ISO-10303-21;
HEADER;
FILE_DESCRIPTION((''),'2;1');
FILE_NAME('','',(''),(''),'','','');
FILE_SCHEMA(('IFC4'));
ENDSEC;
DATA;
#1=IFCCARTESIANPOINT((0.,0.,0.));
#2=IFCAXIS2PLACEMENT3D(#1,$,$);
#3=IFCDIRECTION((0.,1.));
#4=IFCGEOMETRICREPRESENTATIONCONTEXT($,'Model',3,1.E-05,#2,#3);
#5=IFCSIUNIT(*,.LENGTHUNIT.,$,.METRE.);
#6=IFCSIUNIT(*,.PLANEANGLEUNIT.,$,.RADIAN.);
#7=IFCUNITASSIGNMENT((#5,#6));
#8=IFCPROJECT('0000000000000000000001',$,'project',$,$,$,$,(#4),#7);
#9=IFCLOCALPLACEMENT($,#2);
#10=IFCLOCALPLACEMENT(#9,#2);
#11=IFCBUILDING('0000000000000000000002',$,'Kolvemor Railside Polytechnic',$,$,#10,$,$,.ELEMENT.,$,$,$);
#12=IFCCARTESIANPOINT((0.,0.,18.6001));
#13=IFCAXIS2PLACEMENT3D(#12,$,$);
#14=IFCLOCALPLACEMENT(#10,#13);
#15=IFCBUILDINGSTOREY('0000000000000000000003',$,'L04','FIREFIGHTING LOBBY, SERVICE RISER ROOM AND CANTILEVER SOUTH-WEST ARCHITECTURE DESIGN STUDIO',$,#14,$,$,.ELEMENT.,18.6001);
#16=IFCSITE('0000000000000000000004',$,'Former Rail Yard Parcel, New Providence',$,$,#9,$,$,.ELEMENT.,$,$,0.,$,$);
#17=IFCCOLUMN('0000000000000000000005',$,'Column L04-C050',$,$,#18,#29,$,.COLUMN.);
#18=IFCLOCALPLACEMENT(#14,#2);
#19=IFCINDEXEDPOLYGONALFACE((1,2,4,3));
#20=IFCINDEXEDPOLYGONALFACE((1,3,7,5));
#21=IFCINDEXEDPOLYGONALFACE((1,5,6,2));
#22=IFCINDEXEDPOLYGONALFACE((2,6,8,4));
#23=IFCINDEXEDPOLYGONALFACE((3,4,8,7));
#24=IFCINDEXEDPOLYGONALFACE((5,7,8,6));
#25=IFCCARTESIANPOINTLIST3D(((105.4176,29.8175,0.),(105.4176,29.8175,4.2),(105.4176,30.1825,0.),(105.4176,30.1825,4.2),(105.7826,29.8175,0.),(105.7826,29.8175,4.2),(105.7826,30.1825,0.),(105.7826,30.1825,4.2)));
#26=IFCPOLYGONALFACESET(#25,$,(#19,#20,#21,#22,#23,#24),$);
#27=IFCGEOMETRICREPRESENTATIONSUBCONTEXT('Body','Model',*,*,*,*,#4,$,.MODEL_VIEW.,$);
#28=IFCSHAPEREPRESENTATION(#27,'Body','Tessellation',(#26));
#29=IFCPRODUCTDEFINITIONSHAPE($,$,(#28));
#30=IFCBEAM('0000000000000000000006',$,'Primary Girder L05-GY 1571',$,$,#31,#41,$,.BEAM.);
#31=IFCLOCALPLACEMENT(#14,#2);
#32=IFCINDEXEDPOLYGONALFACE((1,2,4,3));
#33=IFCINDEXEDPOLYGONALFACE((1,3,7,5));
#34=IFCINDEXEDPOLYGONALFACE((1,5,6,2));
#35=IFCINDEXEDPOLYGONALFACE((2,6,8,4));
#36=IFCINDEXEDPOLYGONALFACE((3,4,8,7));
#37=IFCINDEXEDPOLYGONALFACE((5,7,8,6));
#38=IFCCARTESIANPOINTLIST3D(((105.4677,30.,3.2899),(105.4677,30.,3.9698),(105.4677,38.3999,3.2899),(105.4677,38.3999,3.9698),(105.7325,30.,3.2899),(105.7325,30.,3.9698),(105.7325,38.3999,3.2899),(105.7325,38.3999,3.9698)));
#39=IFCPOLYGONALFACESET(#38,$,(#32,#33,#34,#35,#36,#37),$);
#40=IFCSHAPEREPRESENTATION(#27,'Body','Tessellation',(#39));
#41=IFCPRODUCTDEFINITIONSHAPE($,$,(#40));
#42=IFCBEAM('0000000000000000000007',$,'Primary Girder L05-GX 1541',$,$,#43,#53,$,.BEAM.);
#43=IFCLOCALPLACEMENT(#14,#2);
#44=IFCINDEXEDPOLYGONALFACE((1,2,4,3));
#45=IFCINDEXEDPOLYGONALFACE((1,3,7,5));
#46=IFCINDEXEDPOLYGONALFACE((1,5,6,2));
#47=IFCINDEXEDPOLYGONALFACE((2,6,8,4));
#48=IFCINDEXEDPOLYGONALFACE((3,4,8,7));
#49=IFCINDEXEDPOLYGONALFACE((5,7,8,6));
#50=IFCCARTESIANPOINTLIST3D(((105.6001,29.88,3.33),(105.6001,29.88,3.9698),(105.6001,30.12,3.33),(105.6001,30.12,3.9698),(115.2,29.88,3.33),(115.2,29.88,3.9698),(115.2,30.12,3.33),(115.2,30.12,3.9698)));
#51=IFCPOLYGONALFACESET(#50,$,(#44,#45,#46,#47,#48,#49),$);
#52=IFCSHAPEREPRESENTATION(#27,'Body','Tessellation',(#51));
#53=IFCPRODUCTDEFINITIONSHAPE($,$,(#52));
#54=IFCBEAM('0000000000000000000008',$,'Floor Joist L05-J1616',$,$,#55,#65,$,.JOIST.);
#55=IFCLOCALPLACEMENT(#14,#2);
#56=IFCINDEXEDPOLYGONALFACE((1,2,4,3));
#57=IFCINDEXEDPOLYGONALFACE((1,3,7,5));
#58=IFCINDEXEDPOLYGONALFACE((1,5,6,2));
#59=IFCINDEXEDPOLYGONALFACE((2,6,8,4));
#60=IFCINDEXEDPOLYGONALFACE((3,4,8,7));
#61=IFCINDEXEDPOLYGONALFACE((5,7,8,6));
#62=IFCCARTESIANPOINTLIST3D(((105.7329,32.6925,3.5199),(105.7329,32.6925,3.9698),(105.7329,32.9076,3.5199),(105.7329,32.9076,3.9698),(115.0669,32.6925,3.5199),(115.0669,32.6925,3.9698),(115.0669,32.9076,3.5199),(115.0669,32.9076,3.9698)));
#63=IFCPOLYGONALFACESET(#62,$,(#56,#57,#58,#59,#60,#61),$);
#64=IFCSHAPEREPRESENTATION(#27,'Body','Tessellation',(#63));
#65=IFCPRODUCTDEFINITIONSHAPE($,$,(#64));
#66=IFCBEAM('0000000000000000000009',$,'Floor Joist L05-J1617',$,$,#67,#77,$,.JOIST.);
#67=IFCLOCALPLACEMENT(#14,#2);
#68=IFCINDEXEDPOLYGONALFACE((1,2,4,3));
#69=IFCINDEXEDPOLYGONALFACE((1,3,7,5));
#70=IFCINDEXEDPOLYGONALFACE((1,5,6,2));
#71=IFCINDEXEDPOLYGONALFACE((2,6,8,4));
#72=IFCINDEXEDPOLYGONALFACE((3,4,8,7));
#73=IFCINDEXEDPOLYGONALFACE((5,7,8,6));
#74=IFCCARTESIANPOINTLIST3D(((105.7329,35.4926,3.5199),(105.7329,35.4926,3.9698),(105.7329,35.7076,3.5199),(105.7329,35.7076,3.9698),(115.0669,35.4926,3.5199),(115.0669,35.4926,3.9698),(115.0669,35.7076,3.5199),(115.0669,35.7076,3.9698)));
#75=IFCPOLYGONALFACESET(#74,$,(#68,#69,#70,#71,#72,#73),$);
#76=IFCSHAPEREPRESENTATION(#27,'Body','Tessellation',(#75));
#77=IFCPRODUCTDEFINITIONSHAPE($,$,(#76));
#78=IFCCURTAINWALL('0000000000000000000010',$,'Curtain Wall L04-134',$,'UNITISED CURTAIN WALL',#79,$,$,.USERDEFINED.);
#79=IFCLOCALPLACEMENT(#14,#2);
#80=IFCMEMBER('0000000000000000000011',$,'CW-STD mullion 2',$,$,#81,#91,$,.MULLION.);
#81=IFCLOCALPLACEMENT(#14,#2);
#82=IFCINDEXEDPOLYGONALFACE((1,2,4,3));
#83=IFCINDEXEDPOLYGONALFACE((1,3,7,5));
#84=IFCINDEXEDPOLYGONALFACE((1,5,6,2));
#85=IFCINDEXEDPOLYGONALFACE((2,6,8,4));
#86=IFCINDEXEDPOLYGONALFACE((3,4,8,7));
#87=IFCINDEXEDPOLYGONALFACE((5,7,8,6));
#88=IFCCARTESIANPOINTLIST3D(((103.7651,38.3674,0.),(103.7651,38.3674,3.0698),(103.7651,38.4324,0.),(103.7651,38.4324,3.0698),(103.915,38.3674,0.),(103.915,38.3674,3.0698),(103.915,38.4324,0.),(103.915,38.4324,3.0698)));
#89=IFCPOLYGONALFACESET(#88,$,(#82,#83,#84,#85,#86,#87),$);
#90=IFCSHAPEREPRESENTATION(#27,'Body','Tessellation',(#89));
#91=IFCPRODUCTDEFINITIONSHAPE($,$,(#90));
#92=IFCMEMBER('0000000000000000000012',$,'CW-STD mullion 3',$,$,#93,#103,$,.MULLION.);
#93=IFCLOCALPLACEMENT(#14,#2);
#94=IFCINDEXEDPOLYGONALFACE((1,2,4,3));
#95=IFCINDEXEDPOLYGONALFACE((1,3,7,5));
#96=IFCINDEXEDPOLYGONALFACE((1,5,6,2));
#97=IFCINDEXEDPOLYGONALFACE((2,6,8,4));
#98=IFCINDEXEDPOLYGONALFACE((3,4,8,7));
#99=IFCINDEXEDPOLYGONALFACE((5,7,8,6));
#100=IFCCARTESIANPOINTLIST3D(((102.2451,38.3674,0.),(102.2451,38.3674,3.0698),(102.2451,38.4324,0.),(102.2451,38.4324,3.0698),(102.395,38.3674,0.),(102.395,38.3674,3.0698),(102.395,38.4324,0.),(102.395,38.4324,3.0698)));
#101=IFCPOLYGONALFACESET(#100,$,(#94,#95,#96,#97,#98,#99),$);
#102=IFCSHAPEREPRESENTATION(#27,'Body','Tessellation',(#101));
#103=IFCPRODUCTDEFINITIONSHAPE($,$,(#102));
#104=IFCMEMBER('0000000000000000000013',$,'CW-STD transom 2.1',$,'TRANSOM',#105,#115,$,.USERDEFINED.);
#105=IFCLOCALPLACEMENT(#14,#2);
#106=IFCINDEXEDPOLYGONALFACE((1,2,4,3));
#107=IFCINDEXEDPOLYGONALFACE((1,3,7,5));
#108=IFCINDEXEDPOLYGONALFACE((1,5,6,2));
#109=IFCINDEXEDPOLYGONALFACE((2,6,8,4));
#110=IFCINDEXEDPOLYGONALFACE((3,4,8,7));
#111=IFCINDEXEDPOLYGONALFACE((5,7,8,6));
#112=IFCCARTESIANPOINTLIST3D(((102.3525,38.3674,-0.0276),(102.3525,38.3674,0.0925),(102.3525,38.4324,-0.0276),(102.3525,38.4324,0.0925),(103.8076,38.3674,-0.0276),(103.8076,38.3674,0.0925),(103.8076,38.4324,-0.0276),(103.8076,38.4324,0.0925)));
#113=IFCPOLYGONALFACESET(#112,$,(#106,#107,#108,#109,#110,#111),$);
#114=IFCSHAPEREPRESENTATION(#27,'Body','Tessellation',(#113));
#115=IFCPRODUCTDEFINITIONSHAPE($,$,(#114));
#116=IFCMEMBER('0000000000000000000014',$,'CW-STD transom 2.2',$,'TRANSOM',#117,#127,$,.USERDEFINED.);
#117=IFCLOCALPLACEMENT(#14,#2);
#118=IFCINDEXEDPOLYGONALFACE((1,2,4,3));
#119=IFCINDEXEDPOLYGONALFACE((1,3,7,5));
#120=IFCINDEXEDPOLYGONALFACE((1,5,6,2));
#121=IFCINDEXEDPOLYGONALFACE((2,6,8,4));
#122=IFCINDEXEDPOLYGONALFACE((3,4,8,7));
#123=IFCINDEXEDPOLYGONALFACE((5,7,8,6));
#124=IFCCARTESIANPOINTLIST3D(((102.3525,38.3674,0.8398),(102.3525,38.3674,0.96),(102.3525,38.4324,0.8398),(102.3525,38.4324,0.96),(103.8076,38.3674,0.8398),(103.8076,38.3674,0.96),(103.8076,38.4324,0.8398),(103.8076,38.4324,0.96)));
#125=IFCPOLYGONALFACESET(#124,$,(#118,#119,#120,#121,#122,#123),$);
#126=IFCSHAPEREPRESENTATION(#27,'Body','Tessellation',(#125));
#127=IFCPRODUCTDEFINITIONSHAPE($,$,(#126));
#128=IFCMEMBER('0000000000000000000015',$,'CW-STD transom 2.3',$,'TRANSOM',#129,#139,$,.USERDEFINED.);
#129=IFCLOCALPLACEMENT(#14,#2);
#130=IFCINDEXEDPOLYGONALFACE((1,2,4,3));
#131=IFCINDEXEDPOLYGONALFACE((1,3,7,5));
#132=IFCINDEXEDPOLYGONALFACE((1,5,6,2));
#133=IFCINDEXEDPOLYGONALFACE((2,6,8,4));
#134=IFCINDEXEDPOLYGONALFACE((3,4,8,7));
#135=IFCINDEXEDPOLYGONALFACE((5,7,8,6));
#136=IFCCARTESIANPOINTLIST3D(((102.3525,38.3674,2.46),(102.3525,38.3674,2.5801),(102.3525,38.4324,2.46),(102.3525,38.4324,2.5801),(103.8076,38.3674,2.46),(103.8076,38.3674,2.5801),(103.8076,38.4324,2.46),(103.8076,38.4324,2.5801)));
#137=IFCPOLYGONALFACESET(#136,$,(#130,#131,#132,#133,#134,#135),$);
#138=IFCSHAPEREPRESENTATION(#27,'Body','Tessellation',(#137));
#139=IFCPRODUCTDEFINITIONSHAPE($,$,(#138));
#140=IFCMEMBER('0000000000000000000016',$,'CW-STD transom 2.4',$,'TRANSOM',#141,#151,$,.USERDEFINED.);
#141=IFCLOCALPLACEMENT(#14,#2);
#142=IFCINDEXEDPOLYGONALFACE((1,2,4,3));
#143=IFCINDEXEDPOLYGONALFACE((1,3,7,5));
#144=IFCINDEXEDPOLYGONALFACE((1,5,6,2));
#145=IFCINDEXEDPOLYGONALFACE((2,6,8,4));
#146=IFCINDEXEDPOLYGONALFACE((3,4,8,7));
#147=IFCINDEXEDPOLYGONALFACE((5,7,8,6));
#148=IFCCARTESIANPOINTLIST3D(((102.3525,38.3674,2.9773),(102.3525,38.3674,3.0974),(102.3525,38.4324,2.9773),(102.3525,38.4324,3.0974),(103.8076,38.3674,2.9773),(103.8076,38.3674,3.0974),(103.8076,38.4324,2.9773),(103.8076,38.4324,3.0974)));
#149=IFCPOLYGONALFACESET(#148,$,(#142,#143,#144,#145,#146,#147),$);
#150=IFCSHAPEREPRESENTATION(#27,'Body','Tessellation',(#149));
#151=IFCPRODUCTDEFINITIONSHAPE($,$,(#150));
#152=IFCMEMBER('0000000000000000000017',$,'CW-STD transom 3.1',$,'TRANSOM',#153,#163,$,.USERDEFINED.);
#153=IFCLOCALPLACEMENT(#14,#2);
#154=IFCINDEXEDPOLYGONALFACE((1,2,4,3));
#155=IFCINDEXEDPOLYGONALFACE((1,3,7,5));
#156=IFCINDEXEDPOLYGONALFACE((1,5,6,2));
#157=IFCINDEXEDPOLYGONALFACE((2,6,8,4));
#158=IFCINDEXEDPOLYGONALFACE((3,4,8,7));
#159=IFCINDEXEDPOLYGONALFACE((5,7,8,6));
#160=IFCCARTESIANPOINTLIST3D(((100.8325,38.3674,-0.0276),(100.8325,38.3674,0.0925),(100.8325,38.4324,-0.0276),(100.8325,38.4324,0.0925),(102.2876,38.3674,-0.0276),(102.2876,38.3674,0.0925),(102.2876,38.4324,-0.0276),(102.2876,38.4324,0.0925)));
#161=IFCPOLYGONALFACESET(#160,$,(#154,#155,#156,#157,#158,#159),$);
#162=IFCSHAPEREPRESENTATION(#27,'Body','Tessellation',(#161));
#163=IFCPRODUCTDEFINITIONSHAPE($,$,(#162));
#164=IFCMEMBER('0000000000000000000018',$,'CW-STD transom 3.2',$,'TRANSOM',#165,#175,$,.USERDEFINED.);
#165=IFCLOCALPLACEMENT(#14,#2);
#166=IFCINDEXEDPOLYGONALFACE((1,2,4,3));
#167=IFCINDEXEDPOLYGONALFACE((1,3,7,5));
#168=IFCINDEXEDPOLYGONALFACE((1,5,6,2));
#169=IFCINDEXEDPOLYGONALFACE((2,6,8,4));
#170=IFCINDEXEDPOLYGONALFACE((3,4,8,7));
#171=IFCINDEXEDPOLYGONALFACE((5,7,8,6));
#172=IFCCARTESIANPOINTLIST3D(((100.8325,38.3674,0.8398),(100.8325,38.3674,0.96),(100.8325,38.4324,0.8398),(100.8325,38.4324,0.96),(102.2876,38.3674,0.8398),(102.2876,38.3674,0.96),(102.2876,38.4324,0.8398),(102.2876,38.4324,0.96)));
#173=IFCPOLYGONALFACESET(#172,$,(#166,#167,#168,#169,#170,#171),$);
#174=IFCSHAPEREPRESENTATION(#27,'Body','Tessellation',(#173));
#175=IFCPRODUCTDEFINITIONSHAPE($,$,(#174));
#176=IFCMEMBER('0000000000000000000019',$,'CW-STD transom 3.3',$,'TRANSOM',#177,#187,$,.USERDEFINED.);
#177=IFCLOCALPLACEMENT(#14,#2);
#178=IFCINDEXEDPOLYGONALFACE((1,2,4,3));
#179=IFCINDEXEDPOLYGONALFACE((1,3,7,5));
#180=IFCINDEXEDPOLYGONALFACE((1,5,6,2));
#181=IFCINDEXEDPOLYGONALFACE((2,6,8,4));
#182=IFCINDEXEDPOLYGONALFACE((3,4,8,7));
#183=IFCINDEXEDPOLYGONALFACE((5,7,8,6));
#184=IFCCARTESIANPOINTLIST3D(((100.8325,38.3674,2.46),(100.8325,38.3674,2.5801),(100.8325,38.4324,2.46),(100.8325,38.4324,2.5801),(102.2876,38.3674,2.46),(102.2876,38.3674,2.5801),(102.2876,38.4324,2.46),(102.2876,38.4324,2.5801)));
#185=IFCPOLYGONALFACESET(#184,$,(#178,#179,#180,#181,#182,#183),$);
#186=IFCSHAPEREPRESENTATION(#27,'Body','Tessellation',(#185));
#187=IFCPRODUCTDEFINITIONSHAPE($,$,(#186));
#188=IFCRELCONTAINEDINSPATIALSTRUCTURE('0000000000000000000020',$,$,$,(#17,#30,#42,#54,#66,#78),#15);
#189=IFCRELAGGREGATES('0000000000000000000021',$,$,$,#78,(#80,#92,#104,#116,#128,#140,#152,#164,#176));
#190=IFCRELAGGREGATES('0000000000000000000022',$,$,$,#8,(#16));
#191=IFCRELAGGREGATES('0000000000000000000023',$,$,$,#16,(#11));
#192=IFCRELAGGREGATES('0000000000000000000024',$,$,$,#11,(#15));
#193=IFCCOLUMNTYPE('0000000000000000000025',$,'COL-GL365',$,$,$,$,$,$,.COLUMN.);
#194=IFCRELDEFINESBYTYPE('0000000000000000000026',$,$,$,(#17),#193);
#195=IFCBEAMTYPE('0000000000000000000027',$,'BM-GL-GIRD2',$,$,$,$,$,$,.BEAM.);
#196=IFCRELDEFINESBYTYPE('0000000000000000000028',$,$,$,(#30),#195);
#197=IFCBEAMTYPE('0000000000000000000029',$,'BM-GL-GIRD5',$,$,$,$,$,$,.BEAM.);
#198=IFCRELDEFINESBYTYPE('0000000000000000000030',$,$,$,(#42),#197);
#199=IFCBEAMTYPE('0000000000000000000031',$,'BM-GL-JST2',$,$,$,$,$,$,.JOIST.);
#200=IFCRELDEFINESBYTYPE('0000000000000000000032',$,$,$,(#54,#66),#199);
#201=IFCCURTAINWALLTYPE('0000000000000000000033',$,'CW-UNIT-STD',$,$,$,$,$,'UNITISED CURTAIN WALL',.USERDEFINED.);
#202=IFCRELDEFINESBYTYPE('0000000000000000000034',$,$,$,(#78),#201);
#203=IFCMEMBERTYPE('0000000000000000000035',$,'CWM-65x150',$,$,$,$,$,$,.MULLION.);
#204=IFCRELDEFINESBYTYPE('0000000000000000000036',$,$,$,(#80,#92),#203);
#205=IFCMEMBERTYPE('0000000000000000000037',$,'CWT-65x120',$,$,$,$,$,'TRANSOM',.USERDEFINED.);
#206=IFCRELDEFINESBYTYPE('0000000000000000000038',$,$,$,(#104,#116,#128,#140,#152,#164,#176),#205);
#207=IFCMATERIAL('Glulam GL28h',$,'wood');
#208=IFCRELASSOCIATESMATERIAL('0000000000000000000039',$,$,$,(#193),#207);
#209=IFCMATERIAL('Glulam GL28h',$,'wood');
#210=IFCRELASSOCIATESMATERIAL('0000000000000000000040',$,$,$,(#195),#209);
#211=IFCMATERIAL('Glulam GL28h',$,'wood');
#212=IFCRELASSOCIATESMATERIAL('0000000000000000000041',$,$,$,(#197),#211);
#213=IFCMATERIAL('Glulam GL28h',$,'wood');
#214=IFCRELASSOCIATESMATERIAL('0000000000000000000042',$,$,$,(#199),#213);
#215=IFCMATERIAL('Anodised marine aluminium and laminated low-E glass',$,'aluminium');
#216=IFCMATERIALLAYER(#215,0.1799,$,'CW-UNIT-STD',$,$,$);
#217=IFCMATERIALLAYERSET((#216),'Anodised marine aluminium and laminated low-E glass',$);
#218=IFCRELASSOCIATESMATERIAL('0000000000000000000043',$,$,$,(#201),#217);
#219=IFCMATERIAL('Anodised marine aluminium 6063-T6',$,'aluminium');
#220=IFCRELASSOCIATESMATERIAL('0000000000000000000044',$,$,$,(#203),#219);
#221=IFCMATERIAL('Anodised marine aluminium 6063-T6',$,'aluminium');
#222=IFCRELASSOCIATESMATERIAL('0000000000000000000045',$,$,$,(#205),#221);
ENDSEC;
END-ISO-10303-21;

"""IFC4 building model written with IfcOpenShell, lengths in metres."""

from ifc_helpers import new_model, si_unit, direction, frame, origin, origin_2d, place, context, subcontext, project, spatial, rectangle, extrude, material, layer, layer_set, material_profile, profile_set, type_object, element, aggregate, save


model = new_model("IFC4")

# Units and contexts
model_context = context("Model", 3, precision=1e-05, world=origin(), true_north=direction((0.0, 1.0)))
body_context = subcontext(model_context, "Body", "Model", "MODEL_VIEW")
ifc_project = project(units=[si_unit("LENGTHUNIT", "METRE"), si_unit("PLANEANGLEUNIT", "RADIAN")], contexts=[model_context])

# Site, building, storey
site_placement = place(None, origin())
site = spatial("IfcSite", under=ifc_project, at=site_placement, Name="Former Rail Yard Parcel, New Providence", CompositionType="ELEMENT", RefElevation=0.0)
building_placement = place(site_placement, origin())
building = spatial("IfcBuilding", under=site, at=building_placement, Name="Kolvemor Railside Polytechnic", CompositionType="ELEMENT")
storey_placement = place(building_placement, frame((0.0, 0.0, 18.6001)))
storey = spatial("IfcBuildingStorey", under=building, at=storey_placement, Name="L04", Description="FIREFIGHTING LOBBY, SERVICE RISER ROOM AND CANTILEVER SOUTH-WEST ARCHITECTURE DESIGN STUDIO", CompositionType="ELEMENT", Elevation=18.6001)

# Column
ifc_material_1 = material(Name="Glulam GL28h", Category="wood")
ifc_material_profile_1 = material_profile(ifc_material_1, rectangle(XDim=0.365, YDim=0.365, at=origin_2d()), Name="GL365x365")
ifc_profile_set_1 = profile_set([ifc_material_profile_1], Name="Glulam GL28h")
column_type = type_object("IfcColumnType", Name="COL-GL365", PredefinedType="COLUMN", material=ifc_profile_set_1)
column_placement = place(storey_placement, frame((105.6001, 30.0, 0.0), z_axis=(0.0, 0.0, 1.0), x_axis=(1.0, 0.0, 0.0)))
element("IfcColumn", 1, at=column_placement, inside=storey, type_object=column_type, Name="Column L04-C050", PredefinedType="COLUMN", context=body_context, shape_type="SweptSolid", body=[
    extrude(rectangle(XDim=0.365, YDim=0.365, at=origin_2d()), origin(), (0.0, 0.0, 1.0), 4.2),
])

# Beams
ifc_material_2 = material(Name="Glulam GL28h", Category="wood")
ifc_material_profile_2 = material_profile(ifc_material_2, rectangle(XDim=0.2649, YDim=0.6799, at=origin_2d()), Name="GL265x680")
ifc_profile_set_2 = profile_set([ifc_material_profile_2], Name="Glulam GL28h")
beam_type_1 = type_object("IfcBeamType", Name="BM-GL-GIRD2", PredefinedType="BEAM", material=ifc_profile_set_2)
beam_1_placement = place(storey_placement, frame((105.6001, 30.0, 3.6299), z_axis=(0.0, 1.0, 0.0), x_axis=(-1.0, 0.0, 0.0)))
element("IfcBeam", 2, at=beam_1_placement, inside=storey, type_object=beam_type_1, Name="Primary Girder L05-GY 1571", PredefinedType="BEAM", context=body_context, shape_type="SweptSolid", body=[
    extrude(rectangle(XDim=0.2649, YDim=0.6799, at=origin_2d()), origin(), (0.0, 0.0, 1.0), 8.3999),
])
ifc_material_3 = material(Name="Glulam GL28h", Category="wood")
ifc_material_profile_3 = material_profile(ifc_material_3, rectangle(XDim=0.24, YDim=0.6399, at=origin_2d()), Name="GL240x640")
ifc_profile_set_3 = profile_set([ifc_material_profile_3], Name="Glulam GL28h")
beam_type_2 = type_object("IfcBeamType", Name="BM-GL-GIRD5", PredefinedType="BEAM", material=ifc_profile_set_3)
beam_2_placement = place(storey_placement, frame((105.6001, 30.0, 3.6499), z_axis=(1.0, 0.0, 0.0), x_axis=(0.0, 1.0, 0.0)))
element("IfcBeam", 3, at=beam_2_placement, inside=storey, type_object=beam_type_2, Name="Primary Girder L05-GX 1541", PredefinedType="BEAM", context=body_context, shape_type="SweptSolid", body=[
    extrude(rectangle(XDim=0.24, YDim=0.6399, at=origin_2d()), origin(), (0.0, 0.0, 1.0), 9.5999),
])
ifc_material_4 = material(Name="Glulam GL28h", Category="wood")
ifc_material_profile_4 = material_profile(ifc_material_4, rectangle(XDim=0.2151, YDim=0.45, at=origin_2d()), Name="GL215x450")
ifc_profile_set_4 = profile_set([ifc_material_profile_4], Name="Glulam GL28h")
beam_type_3 = type_object("IfcBeamType", Name="BM-GL-JST2", PredefinedType="JOIST", material=ifc_profile_set_4)
for number, where, z_axis, x_axis, name in (
    (4, (105.7329, 32.8, 3.7449), (1.0, 0.0, 0.0), (0.0, 1.0, 0.0), "Floor Joist L05-J1616"),
    (5, (105.7329, 35.6001, 3.7449), (1.0, 0.0, 0.0), (0.0, 1.0, 0.0), "Floor Joist L05-J1617"),
):
    element("IfcBeam", number, at=place(storey_placement, frame(where, z_axis=z_axis, x_axis=x_axis)), inside=storey, type_object=beam_type_3, Name=name, PredefinedType="JOIST", context=body_context, shape_type="SweptSolid", body=[
        extrude(rectangle(XDim=0.2151, YDim=0.45, at=origin_2d()), origin(), (0.0, 0.0, 1.0), 9.334),
    ])

# Curtain wall, members
ifc_material_5 = material(Name="Anodised marine aluminium and laminated low-E glass", Category="aluminium")
ifc_layer_1 = layer(ifc_material_5, 0.1799, Name="CW-UNIT-STD")
ifc_layer_set_1 = layer_set([ifc_layer_1], Name="Anodised marine aluminium and laminated low-E glass")
curtain_wall_type = type_object("IfcCurtainWallType", Name="CW-UNIT-STD", ElementType="UNITISED CURTAIN WALL", PredefinedType="USERDEFINED", material=ifc_layer_set_1)
curtain_wall_placement = place(storey_placement, origin())
curtain_wall = element("IfcCurtainWall", 6, at=curtain_wall_placement, inside=storey, type_object=curtain_wall_type, Name="Curtain Wall L04-134", ObjectType="UNITISED CURTAIN WALL", PredefinedType="USERDEFINED")
ifc_material_6 = material(Name="Anodised marine aluminium 6063-T6", Category="aluminium")
ifc_material_profile_5 = material_profile(ifc_material_6, rectangle(XDim=0.0649, YDim=0.1499, at=origin_2d()), Name="CW-MUL-65x150")
ifc_profile_set_5 = profile_set([ifc_material_profile_5], Name="Anodised marine aluminium 6063-T6")
member_type_1 = type_object("IfcMemberType", Name="CWM-65x150", PredefinedType="MULLION", material=ifc_profile_set_5)
member_1_placement = place(storey_placement, frame((103.8401, 38.3999, 0.0), z_axis=(0.0, 0.0, 1.0), x_axis=(0.0, -1.0, 0.0)))
member_1 = element("IfcMember", 7, at=member_1_placement, type_object=member_type_1, Name="CW-STD mullion 2", PredefinedType="MULLION", context=body_context, shape_type="SweptSolid", body=[
    extrude(rectangle(XDim=0.0649, YDim=0.1499, at=origin_2d()), origin(), (0.0, 0.0, 1.0), 3.0698),
])
member_2_placement = place(storey_placement, frame((102.3201, 38.3999, 0.0), z_axis=(0.0, 0.0, 1.0), x_axis=(0.0, -1.0, 0.0)))
member_2 = element("IfcMember", 8, at=member_2_placement, type_object=member_type_1, Name="CW-STD mullion 3", PredefinedType="MULLION", context=body_context, shape_type="SweptSolid", body=[
    extrude(rectangle(XDim=0.0649, YDim=0.1499, at=origin_2d()), origin(), (0.0, 0.0, 1.0), 3.0698),
])
ifc_material_7 = material(Name="Anodised marine aluminium 6063-T6", Category="aluminium")
ifc_material_profile_6 = material_profile(ifc_material_7, rectangle(XDim=0.0649, YDim=0.1201, at=origin_2d()), Name="CW-TRN-65x120")
ifc_profile_set_6 = profile_set([ifc_material_profile_6], Name="Anodised marine aluminium 6063-T6")
member_type_2 = type_object("IfcMemberType", Name="CWT-65x120", ElementType="TRANSOM", PredefinedType="USERDEFINED", material=ifc_profile_set_6)
member_3_placement = place(storey_placement, frame((103.8076, 38.3999, 0.0325), z_axis=(-1.0, 0.0, 0.0), x_axis=(0.0, -1.0, 0.0)))
member_3 = element("IfcMember", 9, at=member_3_placement, type_object=member_type_2, Name="CW-STD transom 2.1", ObjectType="TRANSOM", PredefinedType="USERDEFINED", context=body_context, shape_type="SweptSolid", body=[
    extrude(rectangle(XDim=0.0649, YDim=0.1201, at=origin_2d()), origin(), (0.0, 0.0, 1.0), 1.4551),
])
member_4_placement = place(storey_placement, frame((103.8076, 38.3999, 0.8999), z_axis=(-1.0, 0.0, 0.0), x_axis=(0.0, -1.0, 0.0)))
member_4 = element("IfcMember", 10, at=member_4_placement, type_object=member_type_2, Name="CW-STD transom 2.2", ObjectType="TRANSOM", PredefinedType="USERDEFINED", context=body_context, shape_type="SweptSolid", body=[
    extrude(rectangle(XDim=0.0649, YDim=0.1201, at=origin_2d()), origin(), (0.0, 0.0, 1.0), 1.4551),
])
member_5_placement = place(storey_placement, frame((103.8076, 38.3999, 2.52), z_axis=(-1.0, 0.0, 0.0), x_axis=(0.0, -1.0, 0.0)))
member_5 = element("IfcMember", 11, at=member_5_placement, type_object=member_type_2, Name="CW-STD transom 2.3", ObjectType="TRANSOM", PredefinedType="USERDEFINED", context=body_context, shape_type="SweptSolid", body=[
    extrude(rectangle(XDim=0.0649, YDim=0.1201, at=origin_2d()), origin(), (0.0, 0.0, 1.0), 1.4551),
])
member_6_placement = place(storey_placement, frame((103.8076, 38.3999, 3.0374), z_axis=(-1.0, 0.0, 0.0), x_axis=(0.0, -1.0, 0.0)))
member_6 = element("IfcMember", 12, at=member_6_placement, type_object=member_type_2, Name="CW-STD transom 2.4", ObjectType="TRANSOM", PredefinedType="USERDEFINED", context=body_context, shape_type="SweptSolid", body=[
    extrude(rectangle(XDim=0.0649, YDim=0.1201, at=origin_2d()), origin(), (0.0, 0.0, 1.0), 1.4551),
])
member_7_placement = place(storey_placement, frame((102.2876, 38.3999, 0.0325), z_axis=(-1.0, 0.0, 0.0), x_axis=(0.0, -1.0, 0.0)))
member_7 = element("IfcMember", 13, at=member_7_placement, type_object=member_type_2, Name="CW-STD transom 3.1", ObjectType="TRANSOM", PredefinedType="USERDEFINED", context=body_context, shape_type="SweptSolid", body=[
    extrude(rectangle(XDim=0.0649, YDim=0.1201, at=origin_2d()), origin(), (0.0, 0.0, 1.0), 1.4551),
])
member_8_placement = place(storey_placement, frame((102.2876, 38.3999, 0.8999), z_axis=(-1.0, 0.0, 0.0), x_axis=(0.0, -1.0, 0.0)))
member_8 = element("IfcMember", 14, at=member_8_placement, type_object=member_type_2, Name="CW-STD transom 3.2", ObjectType="TRANSOM", PredefinedType="USERDEFINED", context=body_context, shape_type="SweptSolid", body=[
    extrude(rectangle(XDim=0.0649, YDim=0.1201, at=origin_2d()), origin(), (0.0, 0.0, 1.0), 1.4551),
])
member_9_placement = place(storey_placement, frame((102.2876, 38.3999, 2.52), z_axis=(-1.0, 0.0, 0.0), x_axis=(0.0, -1.0, 0.0)))
member_9 = element("IfcMember", 15, at=member_9_placement, type_object=member_type_2, Name="CW-STD transom 3.3", ObjectType="TRANSOM", PredefinedType="USERDEFINED", context=body_context, shape_type="SweptSolid", body=[
    extrude(rectangle(XDim=0.0649, YDim=0.1201, at=origin_2d()), origin(), (0.0, 0.0, 1.0), 1.4551),
])
aggregate(curtain_wall, [member_1, member_2, member_3, member_4, member_5, member_6, member_7, member_8, member_9])

save(model, "model.ifc")
